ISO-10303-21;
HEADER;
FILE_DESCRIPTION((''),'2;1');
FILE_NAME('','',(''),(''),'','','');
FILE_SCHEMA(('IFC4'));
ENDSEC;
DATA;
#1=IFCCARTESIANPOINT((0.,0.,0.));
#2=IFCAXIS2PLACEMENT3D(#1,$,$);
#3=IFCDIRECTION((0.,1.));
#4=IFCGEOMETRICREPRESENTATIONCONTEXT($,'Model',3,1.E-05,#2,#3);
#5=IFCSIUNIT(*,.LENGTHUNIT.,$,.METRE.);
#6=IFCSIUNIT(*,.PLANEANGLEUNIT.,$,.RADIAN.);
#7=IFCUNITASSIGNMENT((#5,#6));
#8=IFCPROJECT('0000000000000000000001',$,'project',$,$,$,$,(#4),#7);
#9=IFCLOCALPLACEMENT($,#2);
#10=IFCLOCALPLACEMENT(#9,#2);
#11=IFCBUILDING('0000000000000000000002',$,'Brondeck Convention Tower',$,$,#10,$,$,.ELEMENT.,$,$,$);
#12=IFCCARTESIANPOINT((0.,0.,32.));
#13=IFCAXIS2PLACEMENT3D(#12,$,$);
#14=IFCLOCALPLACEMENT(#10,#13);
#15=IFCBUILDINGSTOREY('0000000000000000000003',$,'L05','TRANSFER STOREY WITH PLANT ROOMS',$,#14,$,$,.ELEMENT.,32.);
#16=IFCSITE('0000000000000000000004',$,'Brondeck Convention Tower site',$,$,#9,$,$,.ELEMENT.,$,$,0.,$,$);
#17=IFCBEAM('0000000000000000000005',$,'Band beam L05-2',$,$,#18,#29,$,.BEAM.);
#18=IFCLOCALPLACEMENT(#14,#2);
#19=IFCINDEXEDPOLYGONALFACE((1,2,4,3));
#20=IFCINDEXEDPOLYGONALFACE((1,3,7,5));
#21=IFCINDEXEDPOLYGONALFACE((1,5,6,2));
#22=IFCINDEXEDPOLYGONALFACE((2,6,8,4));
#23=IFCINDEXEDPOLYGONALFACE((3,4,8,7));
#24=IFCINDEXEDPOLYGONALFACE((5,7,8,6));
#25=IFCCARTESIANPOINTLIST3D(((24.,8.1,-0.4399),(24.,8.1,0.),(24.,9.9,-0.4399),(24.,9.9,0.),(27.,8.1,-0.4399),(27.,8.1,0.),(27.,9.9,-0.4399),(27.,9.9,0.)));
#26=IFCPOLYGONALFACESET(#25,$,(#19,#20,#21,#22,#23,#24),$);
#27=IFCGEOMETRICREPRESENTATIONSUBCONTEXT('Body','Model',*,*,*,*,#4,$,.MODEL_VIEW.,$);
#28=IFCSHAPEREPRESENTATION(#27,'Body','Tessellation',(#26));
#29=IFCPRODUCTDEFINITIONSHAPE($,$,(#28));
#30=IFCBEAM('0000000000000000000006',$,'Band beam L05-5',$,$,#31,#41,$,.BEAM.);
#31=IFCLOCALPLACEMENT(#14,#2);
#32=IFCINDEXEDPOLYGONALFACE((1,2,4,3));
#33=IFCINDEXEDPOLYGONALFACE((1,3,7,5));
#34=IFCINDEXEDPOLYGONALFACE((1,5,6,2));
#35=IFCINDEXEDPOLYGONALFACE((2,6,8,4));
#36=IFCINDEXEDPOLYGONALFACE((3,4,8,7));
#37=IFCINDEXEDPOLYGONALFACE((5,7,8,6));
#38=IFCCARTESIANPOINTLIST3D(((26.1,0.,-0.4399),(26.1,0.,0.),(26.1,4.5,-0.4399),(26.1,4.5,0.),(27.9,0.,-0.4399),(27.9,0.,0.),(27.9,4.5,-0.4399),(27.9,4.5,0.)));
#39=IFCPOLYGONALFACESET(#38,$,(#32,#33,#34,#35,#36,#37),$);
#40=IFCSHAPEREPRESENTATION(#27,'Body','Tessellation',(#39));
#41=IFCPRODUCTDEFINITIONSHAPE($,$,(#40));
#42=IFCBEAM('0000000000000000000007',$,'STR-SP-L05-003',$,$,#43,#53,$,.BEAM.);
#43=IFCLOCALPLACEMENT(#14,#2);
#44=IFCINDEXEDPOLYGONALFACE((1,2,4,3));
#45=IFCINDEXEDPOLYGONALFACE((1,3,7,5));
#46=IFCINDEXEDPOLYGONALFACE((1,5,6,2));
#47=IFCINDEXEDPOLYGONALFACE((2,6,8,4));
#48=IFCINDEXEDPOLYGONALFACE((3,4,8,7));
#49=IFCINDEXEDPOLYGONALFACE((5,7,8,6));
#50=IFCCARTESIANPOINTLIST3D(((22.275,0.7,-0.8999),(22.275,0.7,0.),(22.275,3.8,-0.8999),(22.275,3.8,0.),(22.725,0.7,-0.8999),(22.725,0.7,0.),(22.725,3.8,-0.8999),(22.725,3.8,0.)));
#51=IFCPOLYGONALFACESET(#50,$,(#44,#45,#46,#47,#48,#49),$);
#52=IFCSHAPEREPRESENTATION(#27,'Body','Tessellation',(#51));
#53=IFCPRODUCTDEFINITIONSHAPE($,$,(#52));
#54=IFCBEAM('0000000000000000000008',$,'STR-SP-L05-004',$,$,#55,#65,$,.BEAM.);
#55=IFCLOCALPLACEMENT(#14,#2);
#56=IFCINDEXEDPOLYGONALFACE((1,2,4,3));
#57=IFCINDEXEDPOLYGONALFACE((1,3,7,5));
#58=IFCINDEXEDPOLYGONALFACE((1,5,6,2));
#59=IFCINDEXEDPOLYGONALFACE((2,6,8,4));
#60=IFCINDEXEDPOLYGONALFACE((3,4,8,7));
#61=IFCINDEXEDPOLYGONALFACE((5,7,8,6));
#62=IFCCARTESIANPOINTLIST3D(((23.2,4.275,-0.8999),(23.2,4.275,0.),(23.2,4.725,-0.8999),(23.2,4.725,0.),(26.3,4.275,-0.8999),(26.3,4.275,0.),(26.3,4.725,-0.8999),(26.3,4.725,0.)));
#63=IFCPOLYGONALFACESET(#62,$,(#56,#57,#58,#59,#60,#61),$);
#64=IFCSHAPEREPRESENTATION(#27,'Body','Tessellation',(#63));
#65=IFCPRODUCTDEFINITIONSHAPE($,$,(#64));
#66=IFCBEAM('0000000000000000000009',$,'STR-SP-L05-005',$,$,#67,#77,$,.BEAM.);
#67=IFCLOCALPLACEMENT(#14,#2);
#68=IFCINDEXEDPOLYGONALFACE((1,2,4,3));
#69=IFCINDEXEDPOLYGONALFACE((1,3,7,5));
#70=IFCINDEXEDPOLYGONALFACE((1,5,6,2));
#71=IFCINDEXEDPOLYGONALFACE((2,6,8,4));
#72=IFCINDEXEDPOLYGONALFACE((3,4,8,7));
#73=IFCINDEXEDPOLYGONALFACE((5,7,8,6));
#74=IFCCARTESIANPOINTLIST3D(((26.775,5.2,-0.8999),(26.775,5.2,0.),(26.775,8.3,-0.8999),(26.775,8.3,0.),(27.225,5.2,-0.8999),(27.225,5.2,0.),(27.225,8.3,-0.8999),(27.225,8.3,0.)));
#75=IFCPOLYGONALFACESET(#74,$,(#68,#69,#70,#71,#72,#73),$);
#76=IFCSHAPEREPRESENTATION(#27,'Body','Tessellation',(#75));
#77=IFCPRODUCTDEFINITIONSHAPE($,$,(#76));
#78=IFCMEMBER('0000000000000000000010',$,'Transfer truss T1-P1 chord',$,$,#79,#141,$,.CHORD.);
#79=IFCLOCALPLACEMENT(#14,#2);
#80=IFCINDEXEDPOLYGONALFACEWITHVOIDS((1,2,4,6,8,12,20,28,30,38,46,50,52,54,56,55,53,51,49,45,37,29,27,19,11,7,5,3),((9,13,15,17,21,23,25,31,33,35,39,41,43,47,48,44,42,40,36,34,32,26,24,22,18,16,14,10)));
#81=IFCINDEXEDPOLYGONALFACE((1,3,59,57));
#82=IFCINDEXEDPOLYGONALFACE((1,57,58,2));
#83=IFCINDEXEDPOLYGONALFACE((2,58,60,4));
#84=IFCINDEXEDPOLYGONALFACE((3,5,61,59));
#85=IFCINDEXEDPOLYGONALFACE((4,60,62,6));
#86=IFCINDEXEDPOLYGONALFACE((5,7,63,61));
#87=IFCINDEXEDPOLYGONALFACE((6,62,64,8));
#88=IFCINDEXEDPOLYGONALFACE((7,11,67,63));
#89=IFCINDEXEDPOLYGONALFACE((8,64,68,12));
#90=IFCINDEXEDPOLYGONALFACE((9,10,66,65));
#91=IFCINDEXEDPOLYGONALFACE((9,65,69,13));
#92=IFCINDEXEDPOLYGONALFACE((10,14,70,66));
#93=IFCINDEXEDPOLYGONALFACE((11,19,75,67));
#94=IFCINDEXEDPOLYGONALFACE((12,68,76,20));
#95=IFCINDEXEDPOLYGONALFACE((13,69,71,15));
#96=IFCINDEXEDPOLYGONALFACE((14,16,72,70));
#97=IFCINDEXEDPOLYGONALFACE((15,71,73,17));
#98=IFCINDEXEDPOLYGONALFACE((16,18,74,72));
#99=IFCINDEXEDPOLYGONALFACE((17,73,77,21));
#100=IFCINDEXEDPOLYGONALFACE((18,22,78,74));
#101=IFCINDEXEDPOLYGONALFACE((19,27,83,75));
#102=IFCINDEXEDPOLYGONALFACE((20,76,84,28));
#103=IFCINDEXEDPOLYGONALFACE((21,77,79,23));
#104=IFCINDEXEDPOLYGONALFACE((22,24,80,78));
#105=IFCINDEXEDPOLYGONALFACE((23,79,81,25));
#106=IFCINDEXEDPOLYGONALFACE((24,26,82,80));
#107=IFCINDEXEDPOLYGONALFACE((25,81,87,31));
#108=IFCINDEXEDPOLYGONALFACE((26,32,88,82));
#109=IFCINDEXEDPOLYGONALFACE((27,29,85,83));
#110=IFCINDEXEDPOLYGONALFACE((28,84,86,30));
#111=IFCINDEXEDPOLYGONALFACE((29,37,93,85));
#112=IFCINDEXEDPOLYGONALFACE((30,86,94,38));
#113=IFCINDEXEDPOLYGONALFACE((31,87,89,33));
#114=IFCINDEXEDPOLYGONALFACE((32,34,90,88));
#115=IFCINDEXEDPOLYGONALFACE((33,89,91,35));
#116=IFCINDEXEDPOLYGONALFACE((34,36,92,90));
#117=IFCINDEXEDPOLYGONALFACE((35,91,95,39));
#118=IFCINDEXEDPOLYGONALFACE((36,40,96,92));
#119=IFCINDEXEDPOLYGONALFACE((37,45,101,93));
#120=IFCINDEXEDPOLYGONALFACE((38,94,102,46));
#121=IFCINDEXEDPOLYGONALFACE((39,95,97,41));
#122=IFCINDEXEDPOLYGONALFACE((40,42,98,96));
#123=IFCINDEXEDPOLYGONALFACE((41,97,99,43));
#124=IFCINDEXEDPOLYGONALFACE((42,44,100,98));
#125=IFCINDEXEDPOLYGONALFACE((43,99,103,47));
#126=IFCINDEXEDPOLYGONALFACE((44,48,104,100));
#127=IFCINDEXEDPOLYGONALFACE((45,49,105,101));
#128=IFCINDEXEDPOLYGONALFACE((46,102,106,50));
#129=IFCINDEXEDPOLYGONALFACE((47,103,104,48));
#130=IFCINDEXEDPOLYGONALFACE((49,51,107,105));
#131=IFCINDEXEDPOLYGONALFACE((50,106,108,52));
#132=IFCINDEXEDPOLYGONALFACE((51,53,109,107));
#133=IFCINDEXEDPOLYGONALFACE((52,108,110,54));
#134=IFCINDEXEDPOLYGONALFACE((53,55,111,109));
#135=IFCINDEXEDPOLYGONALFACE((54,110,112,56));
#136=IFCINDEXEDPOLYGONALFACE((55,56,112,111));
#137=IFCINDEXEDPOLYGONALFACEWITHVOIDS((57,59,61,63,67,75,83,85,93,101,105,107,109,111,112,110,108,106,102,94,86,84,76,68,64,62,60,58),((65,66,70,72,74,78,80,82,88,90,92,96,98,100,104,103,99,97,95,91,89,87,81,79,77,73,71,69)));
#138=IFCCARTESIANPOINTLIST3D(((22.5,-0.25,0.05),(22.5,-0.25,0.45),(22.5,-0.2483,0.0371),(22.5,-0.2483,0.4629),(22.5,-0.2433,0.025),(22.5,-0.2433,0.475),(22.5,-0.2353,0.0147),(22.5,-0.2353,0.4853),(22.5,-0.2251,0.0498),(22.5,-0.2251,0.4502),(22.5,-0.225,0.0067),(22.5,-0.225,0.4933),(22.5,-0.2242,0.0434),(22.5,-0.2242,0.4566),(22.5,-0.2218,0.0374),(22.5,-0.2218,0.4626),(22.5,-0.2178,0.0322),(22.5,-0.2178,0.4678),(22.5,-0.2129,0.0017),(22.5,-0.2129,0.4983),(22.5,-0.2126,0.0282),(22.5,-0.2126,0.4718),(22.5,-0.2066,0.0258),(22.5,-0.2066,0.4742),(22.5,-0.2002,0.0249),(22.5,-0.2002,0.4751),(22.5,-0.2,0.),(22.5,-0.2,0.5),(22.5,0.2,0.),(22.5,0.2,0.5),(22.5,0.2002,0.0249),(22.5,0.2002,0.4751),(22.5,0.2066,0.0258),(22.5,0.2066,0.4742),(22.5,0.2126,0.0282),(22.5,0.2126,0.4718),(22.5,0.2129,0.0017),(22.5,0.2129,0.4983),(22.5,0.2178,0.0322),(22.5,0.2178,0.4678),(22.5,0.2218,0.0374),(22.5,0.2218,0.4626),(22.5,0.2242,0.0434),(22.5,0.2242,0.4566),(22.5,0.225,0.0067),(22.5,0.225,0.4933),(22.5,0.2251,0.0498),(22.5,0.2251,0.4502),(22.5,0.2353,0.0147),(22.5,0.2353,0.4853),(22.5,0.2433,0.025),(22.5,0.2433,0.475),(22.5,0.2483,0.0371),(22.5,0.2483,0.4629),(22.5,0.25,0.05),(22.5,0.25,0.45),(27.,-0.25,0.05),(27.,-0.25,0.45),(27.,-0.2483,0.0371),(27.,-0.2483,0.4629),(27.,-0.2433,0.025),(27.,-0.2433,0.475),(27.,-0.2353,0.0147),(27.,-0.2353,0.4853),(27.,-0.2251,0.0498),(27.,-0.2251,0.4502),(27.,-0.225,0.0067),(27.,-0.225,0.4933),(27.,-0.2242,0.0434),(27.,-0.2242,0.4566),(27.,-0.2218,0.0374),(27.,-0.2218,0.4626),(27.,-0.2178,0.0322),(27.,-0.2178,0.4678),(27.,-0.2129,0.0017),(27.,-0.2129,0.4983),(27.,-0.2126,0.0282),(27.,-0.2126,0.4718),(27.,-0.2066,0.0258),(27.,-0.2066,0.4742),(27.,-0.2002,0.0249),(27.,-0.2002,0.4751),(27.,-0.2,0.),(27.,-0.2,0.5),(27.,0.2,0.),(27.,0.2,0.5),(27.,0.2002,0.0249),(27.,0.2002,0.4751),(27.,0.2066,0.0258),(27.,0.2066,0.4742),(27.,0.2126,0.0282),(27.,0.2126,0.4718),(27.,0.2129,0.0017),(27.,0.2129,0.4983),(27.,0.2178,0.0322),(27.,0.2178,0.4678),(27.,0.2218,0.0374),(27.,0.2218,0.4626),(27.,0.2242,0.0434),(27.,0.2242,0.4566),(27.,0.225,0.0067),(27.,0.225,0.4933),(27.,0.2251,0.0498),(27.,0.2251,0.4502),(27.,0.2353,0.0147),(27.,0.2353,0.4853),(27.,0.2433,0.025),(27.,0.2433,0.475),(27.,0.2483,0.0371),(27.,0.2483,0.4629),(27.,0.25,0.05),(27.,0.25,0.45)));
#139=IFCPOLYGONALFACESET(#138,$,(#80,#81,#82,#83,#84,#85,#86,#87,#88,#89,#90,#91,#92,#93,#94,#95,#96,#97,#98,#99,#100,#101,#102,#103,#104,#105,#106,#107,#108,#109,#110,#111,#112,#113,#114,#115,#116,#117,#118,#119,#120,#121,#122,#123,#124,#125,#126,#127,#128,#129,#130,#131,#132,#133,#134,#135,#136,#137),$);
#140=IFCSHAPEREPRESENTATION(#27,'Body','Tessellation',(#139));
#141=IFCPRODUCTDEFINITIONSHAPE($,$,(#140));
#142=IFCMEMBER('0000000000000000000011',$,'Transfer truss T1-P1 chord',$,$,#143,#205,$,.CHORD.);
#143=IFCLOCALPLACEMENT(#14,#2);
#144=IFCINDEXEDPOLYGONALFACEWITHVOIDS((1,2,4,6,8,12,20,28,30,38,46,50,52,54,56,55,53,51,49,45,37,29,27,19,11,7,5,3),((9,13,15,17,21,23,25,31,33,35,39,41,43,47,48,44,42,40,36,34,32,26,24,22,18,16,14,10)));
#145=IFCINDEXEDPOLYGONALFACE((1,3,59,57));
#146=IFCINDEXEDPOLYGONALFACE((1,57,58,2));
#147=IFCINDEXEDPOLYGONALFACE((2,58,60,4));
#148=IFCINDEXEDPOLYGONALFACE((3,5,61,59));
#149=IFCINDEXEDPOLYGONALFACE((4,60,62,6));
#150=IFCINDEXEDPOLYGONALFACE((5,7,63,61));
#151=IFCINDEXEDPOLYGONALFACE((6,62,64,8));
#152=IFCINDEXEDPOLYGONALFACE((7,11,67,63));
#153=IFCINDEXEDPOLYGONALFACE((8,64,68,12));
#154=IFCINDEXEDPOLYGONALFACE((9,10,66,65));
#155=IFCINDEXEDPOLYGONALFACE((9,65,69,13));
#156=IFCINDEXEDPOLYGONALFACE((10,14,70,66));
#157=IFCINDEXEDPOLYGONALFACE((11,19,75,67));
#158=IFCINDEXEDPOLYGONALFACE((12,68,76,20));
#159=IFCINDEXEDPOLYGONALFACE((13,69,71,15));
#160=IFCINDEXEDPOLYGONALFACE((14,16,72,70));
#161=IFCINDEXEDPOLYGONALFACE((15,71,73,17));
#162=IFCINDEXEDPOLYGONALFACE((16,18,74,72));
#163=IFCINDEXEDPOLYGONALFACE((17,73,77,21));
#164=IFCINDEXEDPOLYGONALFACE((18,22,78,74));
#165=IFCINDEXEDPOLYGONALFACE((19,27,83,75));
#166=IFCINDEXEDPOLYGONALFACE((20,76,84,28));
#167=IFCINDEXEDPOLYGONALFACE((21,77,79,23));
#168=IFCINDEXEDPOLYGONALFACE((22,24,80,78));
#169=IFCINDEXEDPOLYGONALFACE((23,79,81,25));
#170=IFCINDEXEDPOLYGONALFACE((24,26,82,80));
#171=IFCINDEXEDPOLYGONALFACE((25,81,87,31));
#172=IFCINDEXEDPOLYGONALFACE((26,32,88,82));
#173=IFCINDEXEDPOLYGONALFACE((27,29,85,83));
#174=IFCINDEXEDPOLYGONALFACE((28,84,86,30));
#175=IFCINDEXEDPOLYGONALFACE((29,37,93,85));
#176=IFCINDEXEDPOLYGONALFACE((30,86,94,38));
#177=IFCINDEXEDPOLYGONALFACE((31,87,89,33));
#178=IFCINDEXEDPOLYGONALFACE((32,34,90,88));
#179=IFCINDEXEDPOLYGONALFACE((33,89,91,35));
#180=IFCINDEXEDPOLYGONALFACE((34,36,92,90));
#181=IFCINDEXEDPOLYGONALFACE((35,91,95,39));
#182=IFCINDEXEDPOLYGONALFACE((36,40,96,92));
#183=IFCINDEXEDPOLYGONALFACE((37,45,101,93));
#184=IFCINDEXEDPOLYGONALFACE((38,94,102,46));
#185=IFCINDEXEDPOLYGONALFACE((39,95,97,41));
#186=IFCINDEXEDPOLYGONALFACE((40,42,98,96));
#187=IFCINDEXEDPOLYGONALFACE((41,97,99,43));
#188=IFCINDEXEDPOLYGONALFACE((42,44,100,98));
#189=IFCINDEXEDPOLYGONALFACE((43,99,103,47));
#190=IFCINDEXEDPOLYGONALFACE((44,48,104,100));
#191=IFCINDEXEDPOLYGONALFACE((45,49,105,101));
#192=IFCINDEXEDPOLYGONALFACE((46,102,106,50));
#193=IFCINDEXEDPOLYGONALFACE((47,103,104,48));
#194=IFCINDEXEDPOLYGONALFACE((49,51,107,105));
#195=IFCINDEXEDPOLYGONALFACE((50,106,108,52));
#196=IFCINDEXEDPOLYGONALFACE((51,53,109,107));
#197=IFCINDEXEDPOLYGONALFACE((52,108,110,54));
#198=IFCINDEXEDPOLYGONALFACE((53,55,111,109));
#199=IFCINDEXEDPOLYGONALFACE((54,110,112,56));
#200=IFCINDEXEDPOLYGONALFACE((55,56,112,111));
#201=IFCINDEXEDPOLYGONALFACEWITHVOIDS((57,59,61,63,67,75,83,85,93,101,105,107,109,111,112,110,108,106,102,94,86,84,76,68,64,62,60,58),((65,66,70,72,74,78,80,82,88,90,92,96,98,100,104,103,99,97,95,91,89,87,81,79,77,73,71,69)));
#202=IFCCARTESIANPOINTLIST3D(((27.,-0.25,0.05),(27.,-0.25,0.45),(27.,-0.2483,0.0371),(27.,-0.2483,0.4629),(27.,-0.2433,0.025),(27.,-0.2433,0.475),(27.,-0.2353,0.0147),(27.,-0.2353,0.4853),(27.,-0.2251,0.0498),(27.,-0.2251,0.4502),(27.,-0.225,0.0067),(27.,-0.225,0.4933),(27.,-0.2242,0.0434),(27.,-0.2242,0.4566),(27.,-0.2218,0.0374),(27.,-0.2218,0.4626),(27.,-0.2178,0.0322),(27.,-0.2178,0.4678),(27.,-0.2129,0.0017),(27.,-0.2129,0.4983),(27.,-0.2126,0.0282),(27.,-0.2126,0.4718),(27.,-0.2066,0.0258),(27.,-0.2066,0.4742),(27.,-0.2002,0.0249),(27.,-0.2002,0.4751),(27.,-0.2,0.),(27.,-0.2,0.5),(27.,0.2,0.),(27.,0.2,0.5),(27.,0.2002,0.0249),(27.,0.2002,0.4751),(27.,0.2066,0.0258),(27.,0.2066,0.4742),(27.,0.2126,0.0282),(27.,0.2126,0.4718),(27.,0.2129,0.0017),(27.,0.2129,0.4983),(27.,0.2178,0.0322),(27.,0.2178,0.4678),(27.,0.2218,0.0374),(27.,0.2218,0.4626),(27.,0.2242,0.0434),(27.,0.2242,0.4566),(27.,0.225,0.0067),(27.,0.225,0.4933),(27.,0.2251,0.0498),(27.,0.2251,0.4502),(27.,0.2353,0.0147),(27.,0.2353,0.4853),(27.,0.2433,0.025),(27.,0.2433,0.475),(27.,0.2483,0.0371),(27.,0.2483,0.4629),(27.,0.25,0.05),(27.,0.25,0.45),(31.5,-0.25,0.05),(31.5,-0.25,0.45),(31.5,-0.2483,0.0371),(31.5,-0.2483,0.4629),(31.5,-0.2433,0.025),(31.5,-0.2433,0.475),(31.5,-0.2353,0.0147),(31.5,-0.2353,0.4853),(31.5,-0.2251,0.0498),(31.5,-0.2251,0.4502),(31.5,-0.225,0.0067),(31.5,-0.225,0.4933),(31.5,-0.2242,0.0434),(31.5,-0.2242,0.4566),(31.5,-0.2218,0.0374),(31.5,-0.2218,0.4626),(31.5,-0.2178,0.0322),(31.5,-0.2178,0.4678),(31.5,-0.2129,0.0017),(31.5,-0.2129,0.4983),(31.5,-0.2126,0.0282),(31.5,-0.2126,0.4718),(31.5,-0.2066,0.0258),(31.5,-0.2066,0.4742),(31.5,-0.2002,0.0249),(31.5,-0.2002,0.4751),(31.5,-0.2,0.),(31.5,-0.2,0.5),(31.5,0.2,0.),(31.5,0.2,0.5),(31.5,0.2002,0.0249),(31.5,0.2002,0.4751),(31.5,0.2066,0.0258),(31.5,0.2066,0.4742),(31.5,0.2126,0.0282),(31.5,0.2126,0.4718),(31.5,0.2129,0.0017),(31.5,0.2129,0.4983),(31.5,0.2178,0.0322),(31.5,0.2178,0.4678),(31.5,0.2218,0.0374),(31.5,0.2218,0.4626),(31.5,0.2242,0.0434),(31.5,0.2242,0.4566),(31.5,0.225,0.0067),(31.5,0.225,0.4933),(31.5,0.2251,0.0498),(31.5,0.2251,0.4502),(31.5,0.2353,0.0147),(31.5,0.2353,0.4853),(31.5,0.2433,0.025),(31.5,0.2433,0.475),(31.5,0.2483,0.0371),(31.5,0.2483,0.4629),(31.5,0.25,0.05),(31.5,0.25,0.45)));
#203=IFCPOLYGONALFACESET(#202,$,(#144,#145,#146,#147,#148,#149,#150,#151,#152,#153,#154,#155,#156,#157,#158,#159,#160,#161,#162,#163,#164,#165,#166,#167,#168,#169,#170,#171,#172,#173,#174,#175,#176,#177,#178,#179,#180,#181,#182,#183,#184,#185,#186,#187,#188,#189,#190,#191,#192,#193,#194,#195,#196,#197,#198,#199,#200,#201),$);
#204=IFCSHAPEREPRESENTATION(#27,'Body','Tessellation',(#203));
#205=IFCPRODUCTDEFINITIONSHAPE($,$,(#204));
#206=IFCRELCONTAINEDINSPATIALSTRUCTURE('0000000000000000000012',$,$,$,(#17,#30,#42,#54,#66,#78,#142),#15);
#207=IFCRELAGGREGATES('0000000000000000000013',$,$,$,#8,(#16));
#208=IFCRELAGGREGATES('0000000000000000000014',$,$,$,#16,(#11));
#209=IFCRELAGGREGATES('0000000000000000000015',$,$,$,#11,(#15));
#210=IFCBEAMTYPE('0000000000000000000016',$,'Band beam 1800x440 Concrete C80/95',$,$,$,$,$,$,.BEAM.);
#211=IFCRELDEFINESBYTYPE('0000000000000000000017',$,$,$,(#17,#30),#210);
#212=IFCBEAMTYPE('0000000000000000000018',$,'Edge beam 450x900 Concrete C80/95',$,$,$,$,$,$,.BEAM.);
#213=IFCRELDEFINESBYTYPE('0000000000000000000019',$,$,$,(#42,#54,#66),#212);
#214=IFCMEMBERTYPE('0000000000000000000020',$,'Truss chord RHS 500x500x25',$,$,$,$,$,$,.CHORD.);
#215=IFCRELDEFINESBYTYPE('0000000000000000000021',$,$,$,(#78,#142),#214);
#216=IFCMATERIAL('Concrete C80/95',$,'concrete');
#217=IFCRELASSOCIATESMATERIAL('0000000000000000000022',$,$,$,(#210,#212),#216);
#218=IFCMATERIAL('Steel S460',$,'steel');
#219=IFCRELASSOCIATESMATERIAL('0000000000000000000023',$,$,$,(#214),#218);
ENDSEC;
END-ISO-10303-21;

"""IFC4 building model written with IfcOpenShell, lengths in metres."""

from ifc_helpers import new_model, si_unit, direction, frame, origin, origin_2d, place, context, subcontext, project, spatial, rectangle, hollow_rectangle, extrude, material, material_profile, profile_set, type_object, element, save


model = new_model("IFC4")

# Units and contexts
model_context = context("Model", 3, precision=1e-05, world=origin(), true_north=direction((0.0, 1.0)))
body_context = subcontext(model_context, "Body", "Model", "MODEL_VIEW")
ifc_project = project(units=[si_unit("LENGTHUNIT", "METRE"), si_unit("PLANEANGLEUNIT", "RADIAN")], contexts=[model_context])

# Site, building, storey
site_placement = place(None, origin())
site = spatial("IfcSite", under=ifc_project, at=site_placement, Name="Brondeck Convention Tower site", CompositionType="ELEMENT", RefElevation=0.0)
building_placement = place(site_placement, origin())
building = spatial("IfcBuilding", under=site, at=building_placement, Name="Brondeck Convention Tower", CompositionType="ELEMENT")
storey_placement = place(building_placement, frame((0.0, 0.0, 32.0)))
storey = spatial("IfcBuildingStorey", under=building, at=storey_placement, Name="L05", Description="TRANSFER STOREY WITH PLANT ROOMS", CompositionType="ELEMENT", Elevation=32.0)

# Shared definitions
ifc_material_1 = material(Name="Steel S460", Category="steel")

# Beams
ifc_material_2 = material(Name="Concrete C80/95", Category="concrete")
ifc_material_profile_1 = material_profile(ifc_material_2, rectangle(XDim=1.8, YDim=0.4399, at=origin_2d()), Name="Band beam 1800x440 Concrete C80/95")
ifc_profile_set_1 = profile_set([ifc_material_profile_1], Name="Concrete C80/95")
beam_type_1 = type_object("IfcBeamType", Name="Band beam 1800x440 Concrete C80/95", PredefinedType="BEAM", material=ifc_profile_set_1)
beam_1_placement = place(storey_placement, frame((24.0, 9.0, -0.22), z_axis=(1.0, 0.0, 0.0), x_axis=(0.0, 1.0, 0.0)))
element("IfcBeam", 1, at=beam_1_placement, inside=storey, type_object=beam_type_1, Name="Band beam L05-2", PredefinedType="BEAM", context=body_context, shape_type="SweptSolid", body=[
    extrude(rectangle(XDim=1.8, YDim=0.4399, at=origin_2d()), origin(), (0.0, 0.0, 1.0), 3.0),
])
beam_2_placement = place(storey_placement, frame((27.0, 0.0, -0.22), z_axis=(0.0, 1.0, 0.0), x_axis=(-1.0, 0.0, 0.0)))
element("IfcBeam", 2, at=beam_2_placement, inside=storey, type_object=beam_type_1, Name="Band beam L05-5", PredefinedType="BEAM", context=body_context, shape_type="SweptSolid", body=[
    extrude(rectangle(XDim=1.8, YDim=0.4399, at=origin_2d()), origin(), (0.0, 0.0, 1.0), 4.5),
])
ifc_material_profile_2 = material_profile(ifc_material_2, rectangle(XDim=0.45, YDim=0.8999, at=origin_2d()), Name="Edge beam 450x900 Concrete C80/95")
ifc_profile_set_2 = profile_set([ifc_material_profile_2], Name="Concrete C80/95")
beam_type_2 = type_object("IfcBeamType", Name="Edge beam 450x900 Concrete C80/95", PredefinedType="BEAM", material=ifc_profile_set_2)
for number, where, z_axis, x_axis, name in (
    (3, (22.5, 0.7, -0.45), (0.0, 1.0, 0.0), (-1.0, 0.0, 0.0), "STR-SP-L05-003"),
    (4, (23.2, 4.5, -0.45), (1.0, 0.0, 0.0), (0.0, 1.0, 0.0), "STR-SP-L05-004"),
    (5, (27.0, 5.2, -0.45), (0.0, 1.0, 0.0), (-1.0, 0.0, 0.0), "STR-SP-L05-005"),
):
    element("IfcBeam", number, at=place(storey_placement, frame(where, z_axis=z_axis, x_axis=x_axis)), inside=storey, type_object=beam_type_2, Name=name, PredefinedType="BEAM", context=body_context, shape_type="SweptSolid", body=[
        extrude(rectangle(XDim=0.45, YDim=0.8999, at=origin_2d()), origin(), (0.0, 0.0, 1.0), 3.1001),
    ])

# Members
ifc_material_profile_3 = material_profile(ifc_material_1, hollow_rectangle(XDim=0.5, YDim=0.5, WallThickness=0.0249, InnerFilletRadius=0.0249, OuterFilletRadius=0.05, at=origin_2d()), Name="RHS 500x500x25")
ifc_profile_set_3 = profile_set([ifc_material_profile_3], Name="Steel S460")
member_type_1 = type_object("IfcMemberType", Name="Truss chord RHS 500x500x25", PredefinedType="CHORD", material=ifc_profile_set_3)
for number, where, z_axis, x_axis, name in (
    (6, (22.5, 0.0, 0.25), (1.0, 0.0, 0.0), (0.0, 1.0, 0.0), "Transfer truss T1-P1 chord"),
    (7, (27.0, 0.0, 0.25), (1.0, 0.0, 0.0), (0.0, 1.0, 0.0), "Transfer truss T1-P1 chord"),
):
    element("IfcMember", number, at=place(storey_placement, frame(where, z_axis=z_axis, x_axis=x_axis)), inside=storey, type_object=member_type_1, Name=name, PredefinedType="CHORD", context=body_context, shape_type="SweptSolid", body=[
        extrude(hollow_rectangle(XDim=0.5, YDim=0.5, WallThickness=0.0249, InnerFilletRadius=0.0249, OuterFilletRadius=0.05, at=origin_2d()), origin(), (0.0, 0.0, 1.0), 4.5),
    ])

save(model, "model.ifc")
